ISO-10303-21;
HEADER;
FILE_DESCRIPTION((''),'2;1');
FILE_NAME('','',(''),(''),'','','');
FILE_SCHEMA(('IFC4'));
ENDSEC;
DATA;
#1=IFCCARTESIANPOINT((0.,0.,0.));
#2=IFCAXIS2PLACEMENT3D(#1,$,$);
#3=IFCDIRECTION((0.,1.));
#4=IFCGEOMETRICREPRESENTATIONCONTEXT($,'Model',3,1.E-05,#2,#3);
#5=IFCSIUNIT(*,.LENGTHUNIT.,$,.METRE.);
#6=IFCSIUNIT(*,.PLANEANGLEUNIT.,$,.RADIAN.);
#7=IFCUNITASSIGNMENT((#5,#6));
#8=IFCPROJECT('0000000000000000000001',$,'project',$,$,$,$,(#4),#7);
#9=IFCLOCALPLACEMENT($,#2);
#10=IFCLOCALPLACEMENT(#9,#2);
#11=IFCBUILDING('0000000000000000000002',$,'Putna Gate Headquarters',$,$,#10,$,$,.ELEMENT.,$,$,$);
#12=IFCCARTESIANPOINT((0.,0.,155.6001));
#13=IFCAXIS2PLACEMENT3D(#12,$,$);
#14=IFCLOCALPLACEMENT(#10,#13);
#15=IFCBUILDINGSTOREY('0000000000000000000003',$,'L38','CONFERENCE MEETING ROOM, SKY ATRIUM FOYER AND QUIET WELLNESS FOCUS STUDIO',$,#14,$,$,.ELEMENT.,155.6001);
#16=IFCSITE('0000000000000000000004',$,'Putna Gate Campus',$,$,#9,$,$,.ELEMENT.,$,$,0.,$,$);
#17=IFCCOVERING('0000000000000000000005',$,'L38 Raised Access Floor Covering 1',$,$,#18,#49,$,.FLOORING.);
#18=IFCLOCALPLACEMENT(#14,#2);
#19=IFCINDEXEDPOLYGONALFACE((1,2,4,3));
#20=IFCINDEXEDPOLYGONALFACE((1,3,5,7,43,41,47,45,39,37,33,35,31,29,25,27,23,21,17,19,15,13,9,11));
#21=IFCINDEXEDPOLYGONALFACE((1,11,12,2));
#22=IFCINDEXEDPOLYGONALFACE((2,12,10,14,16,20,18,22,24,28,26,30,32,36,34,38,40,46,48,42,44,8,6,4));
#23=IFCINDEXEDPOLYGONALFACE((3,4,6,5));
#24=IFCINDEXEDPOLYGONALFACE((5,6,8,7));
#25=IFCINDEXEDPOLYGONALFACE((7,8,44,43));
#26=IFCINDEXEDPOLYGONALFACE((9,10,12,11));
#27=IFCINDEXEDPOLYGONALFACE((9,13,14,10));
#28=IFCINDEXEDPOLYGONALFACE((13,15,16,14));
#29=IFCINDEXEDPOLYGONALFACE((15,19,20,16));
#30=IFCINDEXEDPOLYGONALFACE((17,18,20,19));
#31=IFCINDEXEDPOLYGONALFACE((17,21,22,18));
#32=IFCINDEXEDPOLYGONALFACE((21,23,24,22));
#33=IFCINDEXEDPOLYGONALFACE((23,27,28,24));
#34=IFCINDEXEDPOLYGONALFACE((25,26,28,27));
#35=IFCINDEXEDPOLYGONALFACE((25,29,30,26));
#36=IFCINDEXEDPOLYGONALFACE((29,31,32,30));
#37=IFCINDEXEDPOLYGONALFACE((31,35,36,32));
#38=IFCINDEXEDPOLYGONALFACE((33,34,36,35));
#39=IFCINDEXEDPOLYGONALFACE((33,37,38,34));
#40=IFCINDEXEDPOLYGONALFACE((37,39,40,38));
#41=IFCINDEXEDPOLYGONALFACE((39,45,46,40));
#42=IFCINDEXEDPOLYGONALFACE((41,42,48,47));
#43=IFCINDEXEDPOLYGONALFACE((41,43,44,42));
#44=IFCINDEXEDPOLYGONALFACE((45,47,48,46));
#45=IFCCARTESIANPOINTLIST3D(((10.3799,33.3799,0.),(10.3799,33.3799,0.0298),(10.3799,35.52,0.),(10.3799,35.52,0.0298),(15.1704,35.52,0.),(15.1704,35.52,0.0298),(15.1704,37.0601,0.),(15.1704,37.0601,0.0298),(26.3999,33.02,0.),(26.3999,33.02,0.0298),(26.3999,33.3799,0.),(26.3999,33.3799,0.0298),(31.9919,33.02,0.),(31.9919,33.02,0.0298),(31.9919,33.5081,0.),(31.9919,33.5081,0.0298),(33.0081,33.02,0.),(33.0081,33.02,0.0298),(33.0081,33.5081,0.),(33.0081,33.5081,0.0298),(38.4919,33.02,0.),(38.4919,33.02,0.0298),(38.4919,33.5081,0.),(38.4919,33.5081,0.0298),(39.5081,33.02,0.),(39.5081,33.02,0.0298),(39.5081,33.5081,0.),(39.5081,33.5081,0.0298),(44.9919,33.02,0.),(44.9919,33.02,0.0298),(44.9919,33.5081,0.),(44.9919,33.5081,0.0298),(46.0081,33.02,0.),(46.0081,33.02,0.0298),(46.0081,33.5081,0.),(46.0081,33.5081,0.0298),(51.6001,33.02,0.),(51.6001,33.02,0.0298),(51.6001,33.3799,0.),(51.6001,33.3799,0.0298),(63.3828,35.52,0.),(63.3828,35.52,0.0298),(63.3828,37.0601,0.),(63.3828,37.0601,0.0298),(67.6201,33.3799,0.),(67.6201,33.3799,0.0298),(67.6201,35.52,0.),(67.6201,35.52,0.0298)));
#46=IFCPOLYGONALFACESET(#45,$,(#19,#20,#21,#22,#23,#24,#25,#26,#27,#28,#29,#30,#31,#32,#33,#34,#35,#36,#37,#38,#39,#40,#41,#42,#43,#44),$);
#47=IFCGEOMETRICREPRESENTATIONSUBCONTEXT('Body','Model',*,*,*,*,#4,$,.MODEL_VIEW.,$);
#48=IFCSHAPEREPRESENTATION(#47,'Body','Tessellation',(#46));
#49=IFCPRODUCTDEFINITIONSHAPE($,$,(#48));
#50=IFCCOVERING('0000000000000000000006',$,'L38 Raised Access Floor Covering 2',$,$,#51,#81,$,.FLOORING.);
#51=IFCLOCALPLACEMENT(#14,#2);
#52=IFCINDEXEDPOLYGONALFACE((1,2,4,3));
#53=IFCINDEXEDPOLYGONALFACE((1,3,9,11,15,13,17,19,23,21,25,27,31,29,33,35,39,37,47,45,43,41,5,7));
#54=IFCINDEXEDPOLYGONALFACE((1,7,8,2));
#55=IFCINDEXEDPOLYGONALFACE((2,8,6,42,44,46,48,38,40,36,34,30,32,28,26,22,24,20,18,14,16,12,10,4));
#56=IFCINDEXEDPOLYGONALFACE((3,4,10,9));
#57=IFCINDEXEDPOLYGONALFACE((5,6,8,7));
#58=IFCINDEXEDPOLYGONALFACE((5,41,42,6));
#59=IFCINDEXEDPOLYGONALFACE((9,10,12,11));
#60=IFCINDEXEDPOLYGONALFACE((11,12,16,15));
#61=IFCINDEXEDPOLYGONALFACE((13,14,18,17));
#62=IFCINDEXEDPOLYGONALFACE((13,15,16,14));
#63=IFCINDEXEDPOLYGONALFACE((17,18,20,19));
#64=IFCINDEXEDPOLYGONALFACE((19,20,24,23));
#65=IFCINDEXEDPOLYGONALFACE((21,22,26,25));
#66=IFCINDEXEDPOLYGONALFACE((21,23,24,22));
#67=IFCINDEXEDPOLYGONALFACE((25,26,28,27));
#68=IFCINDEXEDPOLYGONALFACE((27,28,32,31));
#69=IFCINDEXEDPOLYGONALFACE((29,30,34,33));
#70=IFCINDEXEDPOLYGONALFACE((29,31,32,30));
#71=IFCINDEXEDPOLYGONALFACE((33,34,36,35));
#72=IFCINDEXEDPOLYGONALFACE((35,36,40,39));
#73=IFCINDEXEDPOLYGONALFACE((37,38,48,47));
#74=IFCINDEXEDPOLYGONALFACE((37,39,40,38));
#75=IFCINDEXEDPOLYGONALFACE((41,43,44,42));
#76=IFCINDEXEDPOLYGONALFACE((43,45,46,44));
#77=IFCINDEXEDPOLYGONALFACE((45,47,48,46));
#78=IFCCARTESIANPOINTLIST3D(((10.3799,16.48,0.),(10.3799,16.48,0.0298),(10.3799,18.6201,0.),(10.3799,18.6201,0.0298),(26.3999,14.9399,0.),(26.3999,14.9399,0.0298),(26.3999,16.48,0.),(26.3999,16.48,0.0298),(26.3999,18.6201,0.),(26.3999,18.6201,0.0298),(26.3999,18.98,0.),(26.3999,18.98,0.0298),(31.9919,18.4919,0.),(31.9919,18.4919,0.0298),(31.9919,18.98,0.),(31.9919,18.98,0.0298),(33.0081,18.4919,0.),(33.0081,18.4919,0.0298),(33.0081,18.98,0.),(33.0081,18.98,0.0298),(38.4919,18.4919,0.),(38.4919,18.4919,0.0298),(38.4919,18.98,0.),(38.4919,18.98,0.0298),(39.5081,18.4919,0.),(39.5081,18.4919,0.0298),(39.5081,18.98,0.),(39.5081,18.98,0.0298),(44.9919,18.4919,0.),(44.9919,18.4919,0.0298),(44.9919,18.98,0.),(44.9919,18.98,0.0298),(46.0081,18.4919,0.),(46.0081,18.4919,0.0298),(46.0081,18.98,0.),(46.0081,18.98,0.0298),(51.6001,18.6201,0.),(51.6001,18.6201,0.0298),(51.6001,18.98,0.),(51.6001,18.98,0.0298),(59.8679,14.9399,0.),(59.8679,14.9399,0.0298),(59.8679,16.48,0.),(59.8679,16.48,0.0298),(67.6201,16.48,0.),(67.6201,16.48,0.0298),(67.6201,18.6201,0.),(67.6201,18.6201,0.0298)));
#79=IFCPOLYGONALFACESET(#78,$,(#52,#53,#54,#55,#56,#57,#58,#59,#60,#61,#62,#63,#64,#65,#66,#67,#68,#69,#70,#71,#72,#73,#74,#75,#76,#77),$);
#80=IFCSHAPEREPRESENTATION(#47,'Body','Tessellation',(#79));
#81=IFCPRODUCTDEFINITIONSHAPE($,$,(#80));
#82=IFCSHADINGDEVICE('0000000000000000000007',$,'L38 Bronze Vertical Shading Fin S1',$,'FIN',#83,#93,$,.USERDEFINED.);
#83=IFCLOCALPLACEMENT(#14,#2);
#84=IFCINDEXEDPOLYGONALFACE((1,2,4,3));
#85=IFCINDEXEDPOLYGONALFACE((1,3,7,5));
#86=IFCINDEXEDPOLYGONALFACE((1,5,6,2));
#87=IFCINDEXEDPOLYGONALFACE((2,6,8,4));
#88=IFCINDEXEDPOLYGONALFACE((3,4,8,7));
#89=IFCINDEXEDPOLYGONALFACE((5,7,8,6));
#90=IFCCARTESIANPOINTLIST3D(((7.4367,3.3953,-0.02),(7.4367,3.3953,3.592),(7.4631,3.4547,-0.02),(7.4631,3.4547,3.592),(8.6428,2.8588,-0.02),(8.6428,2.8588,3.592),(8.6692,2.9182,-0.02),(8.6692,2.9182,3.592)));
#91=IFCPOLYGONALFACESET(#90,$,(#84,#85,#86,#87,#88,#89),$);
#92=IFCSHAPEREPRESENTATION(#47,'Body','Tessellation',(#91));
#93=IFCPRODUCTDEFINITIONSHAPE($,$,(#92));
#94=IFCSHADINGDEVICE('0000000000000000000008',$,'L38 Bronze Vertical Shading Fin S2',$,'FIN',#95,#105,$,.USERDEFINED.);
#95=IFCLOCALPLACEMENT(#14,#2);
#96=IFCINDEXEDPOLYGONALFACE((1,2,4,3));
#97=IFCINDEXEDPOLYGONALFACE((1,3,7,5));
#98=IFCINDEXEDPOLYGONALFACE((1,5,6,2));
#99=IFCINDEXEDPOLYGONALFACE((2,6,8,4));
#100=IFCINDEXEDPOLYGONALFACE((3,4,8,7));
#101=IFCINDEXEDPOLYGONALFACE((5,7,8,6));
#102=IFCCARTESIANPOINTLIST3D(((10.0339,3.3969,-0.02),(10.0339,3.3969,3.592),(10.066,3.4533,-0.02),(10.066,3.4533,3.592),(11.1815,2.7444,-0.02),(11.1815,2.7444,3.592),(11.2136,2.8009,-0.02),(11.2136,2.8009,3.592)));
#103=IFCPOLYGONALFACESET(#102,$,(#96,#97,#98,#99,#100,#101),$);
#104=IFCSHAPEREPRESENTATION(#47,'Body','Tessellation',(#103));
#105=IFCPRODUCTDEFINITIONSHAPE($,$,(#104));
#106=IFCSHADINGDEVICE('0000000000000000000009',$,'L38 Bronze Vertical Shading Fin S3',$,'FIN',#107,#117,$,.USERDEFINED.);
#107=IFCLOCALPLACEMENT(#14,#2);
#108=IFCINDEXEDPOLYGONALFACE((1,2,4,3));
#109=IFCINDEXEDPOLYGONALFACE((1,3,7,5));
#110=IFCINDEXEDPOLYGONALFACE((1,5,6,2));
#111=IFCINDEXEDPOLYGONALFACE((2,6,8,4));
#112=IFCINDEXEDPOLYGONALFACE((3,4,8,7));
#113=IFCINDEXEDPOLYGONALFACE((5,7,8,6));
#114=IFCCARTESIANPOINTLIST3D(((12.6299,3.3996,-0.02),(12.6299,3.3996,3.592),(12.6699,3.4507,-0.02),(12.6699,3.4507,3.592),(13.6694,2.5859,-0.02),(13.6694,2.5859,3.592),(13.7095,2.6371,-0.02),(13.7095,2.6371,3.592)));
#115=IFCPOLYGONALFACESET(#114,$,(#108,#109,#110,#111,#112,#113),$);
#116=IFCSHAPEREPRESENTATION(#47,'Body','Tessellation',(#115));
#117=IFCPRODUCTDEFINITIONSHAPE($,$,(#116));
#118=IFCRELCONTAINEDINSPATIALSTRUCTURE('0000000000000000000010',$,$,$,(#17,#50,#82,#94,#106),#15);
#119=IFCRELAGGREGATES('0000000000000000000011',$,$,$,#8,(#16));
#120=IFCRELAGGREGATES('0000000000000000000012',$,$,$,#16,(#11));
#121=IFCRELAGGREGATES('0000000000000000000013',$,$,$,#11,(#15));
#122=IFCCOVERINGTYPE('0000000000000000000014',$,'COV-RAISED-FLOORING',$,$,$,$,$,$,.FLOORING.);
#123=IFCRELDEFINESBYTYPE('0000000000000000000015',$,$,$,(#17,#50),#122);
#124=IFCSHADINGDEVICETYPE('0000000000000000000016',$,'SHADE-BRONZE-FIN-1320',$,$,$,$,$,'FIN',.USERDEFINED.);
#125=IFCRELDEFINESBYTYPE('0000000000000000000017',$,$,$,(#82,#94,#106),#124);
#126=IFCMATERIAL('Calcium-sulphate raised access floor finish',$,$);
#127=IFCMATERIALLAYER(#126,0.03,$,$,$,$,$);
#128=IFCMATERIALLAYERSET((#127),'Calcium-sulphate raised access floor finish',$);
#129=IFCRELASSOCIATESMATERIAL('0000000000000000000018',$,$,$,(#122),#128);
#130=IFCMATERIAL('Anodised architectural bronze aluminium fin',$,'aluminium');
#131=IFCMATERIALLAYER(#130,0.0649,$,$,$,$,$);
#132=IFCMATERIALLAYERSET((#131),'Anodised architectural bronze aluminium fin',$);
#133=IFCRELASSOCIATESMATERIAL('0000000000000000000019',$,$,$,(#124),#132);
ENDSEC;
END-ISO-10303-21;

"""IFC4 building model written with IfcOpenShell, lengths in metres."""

from ifc_helpers import new_model, si_unit, direction, frame, origin, origin_2d, place, context, subcontext, project, spatial, polyline, rectangle, outline, extrude, material, layer, layer_set, type_object, element, save


model = new_model("IFC4")

# Units and contexts
model_context = context("Model", 3, precision=1e-05, world=origin(), true_north=direction((0.0, 1.0)))
body_context = subcontext(model_context, "Body", "Model", "MODEL_VIEW")
ifc_project = project(units=[si_unit("LENGTHUNIT", "METRE"), si_unit("PLANEANGLEUNIT", "RADIAN")], contexts=[model_context])

# Site, building, storey
site_placement = place(None, origin())
site = spatial("IfcSite", under=ifc_project, at=site_placement, Name="Putna Gate Campus", CompositionType="ELEMENT", RefElevation=0.0)
building_placement = place(site_placement, origin())
building = spatial("IfcBuilding", under=site, at=building_placement, Name="Putna Gate Headquarters", CompositionType="ELEMENT")
storey_placement = place(building_placement, frame((0.0, 0.0, 155.6001)))
storey = spatial("IfcBuildingStorey", under=building, at=storey_placement, Name="L38", Description="CONFERENCE MEETING ROOM, SKY ATRIUM FOYER AND QUIET WELLNESS FOCUS STUDIO", CompositionType="ELEMENT", Elevation=155.6001)

# Coverings
ifc_material_1 = material(Name="Calcium-sulphate raised access floor finish")
ifc_layer_1 = layer(ifc_material_1, 0.03)
ifc_layer_set_1 = layer_set([ifc_layer_1], Name="Calcium-sulphate raised access floor finish")
covering_type_1 = type_object("IfcCoveringType", Name="COV-RAISED-FLOORING", PredefinedType="FLOORING", material=ifc_layer_set_1)
covering_1_placement = place(storey_placement, origin())
element("IfcCovering", 1, at=covering_1_placement, inside=storey, type_object=covering_type_1, Name="L38 Raised Access Floor Covering 1", PredefinedType="FLOORING", context=body_context, shape_type="SweptSolid", body=[
    extrude(outline(polyline([(44.9919, 33.02), (44.9919, 33.5081), (46.0081, 33.5081), (46.0081, 33.02), (51.6001, 33.02), (51.6001, 33.3799), (67.6201, 33.3799), (67.6201, 35.52), (63.3828, 35.52), (63.3828, 37.0601), (15.1704, 37.0601), (15.1704, 35.52), (10.3799, 35.52), (10.3799, 33.3799), (26.3999, 33.3799), (26.3999, 33.02), (31.9919, 33.02), (31.9919, 33.5081), (33.0081, 33.5081), (33.0081, 33.02), (38.4919, 33.02), (38.4919, 33.5081), (39.5081, 33.5081), (39.5081, 33.02), (44.9919, 33.02)])), origin(), (0.0, 0.0, 1.0), 0.0298),
])
covering_2_placement = place(storey_placement, origin())
element("IfcCovering", 2, at=covering_2_placement, inside=storey, type_object=covering_type_1, Name="L38 Raised Access Floor Covering 2", PredefinedType="FLOORING", context=body_context, shape_type="SweptSolid", body=[
    extrude(outline(polyline([(26.3999, 16.48), (26.3999, 14.9399), (59.8679, 14.9399), (59.8679, 16.48), (67.6201, 16.48), (67.6201, 18.6201), (51.6001, 18.6201), (51.6001, 18.98), (46.0081, 18.98), (46.0081, 18.4919), (44.9919, 18.4919), (44.9919, 18.98), (39.5081, 18.98), (39.5081, 18.4919), (38.4919, 18.4919), (38.4919, 18.98), (33.0081, 18.98), (33.0081, 18.4919), (31.9919, 18.4919), (31.9919, 18.98), (26.3999, 18.98), (26.3999, 18.6201), (10.3799, 18.6201), (10.3799, 16.48), (26.3999, 16.48)])), origin(), (0.0, 0.0, 1.0), 0.0298),
])

# Shading devices
ifc_material_2 = material(Name="Anodised architectural bronze aluminium fin", Category="aluminium")
ifc_layer_2 = layer(ifc_material_2, 0.0649)
ifc_layer_set_2 = layer_set([ifc_layer_2], Name="Anodised architectural bronze aluminium fin")
shading_device_type = type_object("IfcShadingDeviceType", Name="SHADE-BRONZE-FIN-1320", ElementType="FIN", PredefinedType="USERDEFINED", material=ifc_layer_set_2)
for number, where, z_axis, x_axis, name in (
    (3, (8.053, 3.1567, -0.02), (0.0, 0.0, 1.0), (0.913687, -0.406418, 0.0), "L38 Bronze Vertical Shading Fin S1"),
    (4, (10.6238, 3.0989, -0.02), (0.0, 0.0, 1.0), (0.869322, -0.494245, 0.0), "L38 Bronze Vertical Shading Fin S2"),
    (5, (13.1697, 3.0183, -0.02), (0.0, 0.0, 1.0), (0.787473, -0.616349, 0.0), "L38 Bronze Vertical Shading Fin S3"),
):
    element("IfcShadingDevice", number, at=place(storey_placement, frame(where, z_axis=z_axis, x_axis=x_axis)), inside=storey, type_object=shading_device_type, Name=name, ObjectType="FIN", PredefinedType="USERDEFINED", context=body_context, shape_type="SweptSolid", body=[
        extrude(rectangle(XDim=1.3201, YDim=0.0649, at=origin_2d()), origin(), (0.0, 0.0, 1.0), 3.6121),
    ])

save(model, "model.ifc")
